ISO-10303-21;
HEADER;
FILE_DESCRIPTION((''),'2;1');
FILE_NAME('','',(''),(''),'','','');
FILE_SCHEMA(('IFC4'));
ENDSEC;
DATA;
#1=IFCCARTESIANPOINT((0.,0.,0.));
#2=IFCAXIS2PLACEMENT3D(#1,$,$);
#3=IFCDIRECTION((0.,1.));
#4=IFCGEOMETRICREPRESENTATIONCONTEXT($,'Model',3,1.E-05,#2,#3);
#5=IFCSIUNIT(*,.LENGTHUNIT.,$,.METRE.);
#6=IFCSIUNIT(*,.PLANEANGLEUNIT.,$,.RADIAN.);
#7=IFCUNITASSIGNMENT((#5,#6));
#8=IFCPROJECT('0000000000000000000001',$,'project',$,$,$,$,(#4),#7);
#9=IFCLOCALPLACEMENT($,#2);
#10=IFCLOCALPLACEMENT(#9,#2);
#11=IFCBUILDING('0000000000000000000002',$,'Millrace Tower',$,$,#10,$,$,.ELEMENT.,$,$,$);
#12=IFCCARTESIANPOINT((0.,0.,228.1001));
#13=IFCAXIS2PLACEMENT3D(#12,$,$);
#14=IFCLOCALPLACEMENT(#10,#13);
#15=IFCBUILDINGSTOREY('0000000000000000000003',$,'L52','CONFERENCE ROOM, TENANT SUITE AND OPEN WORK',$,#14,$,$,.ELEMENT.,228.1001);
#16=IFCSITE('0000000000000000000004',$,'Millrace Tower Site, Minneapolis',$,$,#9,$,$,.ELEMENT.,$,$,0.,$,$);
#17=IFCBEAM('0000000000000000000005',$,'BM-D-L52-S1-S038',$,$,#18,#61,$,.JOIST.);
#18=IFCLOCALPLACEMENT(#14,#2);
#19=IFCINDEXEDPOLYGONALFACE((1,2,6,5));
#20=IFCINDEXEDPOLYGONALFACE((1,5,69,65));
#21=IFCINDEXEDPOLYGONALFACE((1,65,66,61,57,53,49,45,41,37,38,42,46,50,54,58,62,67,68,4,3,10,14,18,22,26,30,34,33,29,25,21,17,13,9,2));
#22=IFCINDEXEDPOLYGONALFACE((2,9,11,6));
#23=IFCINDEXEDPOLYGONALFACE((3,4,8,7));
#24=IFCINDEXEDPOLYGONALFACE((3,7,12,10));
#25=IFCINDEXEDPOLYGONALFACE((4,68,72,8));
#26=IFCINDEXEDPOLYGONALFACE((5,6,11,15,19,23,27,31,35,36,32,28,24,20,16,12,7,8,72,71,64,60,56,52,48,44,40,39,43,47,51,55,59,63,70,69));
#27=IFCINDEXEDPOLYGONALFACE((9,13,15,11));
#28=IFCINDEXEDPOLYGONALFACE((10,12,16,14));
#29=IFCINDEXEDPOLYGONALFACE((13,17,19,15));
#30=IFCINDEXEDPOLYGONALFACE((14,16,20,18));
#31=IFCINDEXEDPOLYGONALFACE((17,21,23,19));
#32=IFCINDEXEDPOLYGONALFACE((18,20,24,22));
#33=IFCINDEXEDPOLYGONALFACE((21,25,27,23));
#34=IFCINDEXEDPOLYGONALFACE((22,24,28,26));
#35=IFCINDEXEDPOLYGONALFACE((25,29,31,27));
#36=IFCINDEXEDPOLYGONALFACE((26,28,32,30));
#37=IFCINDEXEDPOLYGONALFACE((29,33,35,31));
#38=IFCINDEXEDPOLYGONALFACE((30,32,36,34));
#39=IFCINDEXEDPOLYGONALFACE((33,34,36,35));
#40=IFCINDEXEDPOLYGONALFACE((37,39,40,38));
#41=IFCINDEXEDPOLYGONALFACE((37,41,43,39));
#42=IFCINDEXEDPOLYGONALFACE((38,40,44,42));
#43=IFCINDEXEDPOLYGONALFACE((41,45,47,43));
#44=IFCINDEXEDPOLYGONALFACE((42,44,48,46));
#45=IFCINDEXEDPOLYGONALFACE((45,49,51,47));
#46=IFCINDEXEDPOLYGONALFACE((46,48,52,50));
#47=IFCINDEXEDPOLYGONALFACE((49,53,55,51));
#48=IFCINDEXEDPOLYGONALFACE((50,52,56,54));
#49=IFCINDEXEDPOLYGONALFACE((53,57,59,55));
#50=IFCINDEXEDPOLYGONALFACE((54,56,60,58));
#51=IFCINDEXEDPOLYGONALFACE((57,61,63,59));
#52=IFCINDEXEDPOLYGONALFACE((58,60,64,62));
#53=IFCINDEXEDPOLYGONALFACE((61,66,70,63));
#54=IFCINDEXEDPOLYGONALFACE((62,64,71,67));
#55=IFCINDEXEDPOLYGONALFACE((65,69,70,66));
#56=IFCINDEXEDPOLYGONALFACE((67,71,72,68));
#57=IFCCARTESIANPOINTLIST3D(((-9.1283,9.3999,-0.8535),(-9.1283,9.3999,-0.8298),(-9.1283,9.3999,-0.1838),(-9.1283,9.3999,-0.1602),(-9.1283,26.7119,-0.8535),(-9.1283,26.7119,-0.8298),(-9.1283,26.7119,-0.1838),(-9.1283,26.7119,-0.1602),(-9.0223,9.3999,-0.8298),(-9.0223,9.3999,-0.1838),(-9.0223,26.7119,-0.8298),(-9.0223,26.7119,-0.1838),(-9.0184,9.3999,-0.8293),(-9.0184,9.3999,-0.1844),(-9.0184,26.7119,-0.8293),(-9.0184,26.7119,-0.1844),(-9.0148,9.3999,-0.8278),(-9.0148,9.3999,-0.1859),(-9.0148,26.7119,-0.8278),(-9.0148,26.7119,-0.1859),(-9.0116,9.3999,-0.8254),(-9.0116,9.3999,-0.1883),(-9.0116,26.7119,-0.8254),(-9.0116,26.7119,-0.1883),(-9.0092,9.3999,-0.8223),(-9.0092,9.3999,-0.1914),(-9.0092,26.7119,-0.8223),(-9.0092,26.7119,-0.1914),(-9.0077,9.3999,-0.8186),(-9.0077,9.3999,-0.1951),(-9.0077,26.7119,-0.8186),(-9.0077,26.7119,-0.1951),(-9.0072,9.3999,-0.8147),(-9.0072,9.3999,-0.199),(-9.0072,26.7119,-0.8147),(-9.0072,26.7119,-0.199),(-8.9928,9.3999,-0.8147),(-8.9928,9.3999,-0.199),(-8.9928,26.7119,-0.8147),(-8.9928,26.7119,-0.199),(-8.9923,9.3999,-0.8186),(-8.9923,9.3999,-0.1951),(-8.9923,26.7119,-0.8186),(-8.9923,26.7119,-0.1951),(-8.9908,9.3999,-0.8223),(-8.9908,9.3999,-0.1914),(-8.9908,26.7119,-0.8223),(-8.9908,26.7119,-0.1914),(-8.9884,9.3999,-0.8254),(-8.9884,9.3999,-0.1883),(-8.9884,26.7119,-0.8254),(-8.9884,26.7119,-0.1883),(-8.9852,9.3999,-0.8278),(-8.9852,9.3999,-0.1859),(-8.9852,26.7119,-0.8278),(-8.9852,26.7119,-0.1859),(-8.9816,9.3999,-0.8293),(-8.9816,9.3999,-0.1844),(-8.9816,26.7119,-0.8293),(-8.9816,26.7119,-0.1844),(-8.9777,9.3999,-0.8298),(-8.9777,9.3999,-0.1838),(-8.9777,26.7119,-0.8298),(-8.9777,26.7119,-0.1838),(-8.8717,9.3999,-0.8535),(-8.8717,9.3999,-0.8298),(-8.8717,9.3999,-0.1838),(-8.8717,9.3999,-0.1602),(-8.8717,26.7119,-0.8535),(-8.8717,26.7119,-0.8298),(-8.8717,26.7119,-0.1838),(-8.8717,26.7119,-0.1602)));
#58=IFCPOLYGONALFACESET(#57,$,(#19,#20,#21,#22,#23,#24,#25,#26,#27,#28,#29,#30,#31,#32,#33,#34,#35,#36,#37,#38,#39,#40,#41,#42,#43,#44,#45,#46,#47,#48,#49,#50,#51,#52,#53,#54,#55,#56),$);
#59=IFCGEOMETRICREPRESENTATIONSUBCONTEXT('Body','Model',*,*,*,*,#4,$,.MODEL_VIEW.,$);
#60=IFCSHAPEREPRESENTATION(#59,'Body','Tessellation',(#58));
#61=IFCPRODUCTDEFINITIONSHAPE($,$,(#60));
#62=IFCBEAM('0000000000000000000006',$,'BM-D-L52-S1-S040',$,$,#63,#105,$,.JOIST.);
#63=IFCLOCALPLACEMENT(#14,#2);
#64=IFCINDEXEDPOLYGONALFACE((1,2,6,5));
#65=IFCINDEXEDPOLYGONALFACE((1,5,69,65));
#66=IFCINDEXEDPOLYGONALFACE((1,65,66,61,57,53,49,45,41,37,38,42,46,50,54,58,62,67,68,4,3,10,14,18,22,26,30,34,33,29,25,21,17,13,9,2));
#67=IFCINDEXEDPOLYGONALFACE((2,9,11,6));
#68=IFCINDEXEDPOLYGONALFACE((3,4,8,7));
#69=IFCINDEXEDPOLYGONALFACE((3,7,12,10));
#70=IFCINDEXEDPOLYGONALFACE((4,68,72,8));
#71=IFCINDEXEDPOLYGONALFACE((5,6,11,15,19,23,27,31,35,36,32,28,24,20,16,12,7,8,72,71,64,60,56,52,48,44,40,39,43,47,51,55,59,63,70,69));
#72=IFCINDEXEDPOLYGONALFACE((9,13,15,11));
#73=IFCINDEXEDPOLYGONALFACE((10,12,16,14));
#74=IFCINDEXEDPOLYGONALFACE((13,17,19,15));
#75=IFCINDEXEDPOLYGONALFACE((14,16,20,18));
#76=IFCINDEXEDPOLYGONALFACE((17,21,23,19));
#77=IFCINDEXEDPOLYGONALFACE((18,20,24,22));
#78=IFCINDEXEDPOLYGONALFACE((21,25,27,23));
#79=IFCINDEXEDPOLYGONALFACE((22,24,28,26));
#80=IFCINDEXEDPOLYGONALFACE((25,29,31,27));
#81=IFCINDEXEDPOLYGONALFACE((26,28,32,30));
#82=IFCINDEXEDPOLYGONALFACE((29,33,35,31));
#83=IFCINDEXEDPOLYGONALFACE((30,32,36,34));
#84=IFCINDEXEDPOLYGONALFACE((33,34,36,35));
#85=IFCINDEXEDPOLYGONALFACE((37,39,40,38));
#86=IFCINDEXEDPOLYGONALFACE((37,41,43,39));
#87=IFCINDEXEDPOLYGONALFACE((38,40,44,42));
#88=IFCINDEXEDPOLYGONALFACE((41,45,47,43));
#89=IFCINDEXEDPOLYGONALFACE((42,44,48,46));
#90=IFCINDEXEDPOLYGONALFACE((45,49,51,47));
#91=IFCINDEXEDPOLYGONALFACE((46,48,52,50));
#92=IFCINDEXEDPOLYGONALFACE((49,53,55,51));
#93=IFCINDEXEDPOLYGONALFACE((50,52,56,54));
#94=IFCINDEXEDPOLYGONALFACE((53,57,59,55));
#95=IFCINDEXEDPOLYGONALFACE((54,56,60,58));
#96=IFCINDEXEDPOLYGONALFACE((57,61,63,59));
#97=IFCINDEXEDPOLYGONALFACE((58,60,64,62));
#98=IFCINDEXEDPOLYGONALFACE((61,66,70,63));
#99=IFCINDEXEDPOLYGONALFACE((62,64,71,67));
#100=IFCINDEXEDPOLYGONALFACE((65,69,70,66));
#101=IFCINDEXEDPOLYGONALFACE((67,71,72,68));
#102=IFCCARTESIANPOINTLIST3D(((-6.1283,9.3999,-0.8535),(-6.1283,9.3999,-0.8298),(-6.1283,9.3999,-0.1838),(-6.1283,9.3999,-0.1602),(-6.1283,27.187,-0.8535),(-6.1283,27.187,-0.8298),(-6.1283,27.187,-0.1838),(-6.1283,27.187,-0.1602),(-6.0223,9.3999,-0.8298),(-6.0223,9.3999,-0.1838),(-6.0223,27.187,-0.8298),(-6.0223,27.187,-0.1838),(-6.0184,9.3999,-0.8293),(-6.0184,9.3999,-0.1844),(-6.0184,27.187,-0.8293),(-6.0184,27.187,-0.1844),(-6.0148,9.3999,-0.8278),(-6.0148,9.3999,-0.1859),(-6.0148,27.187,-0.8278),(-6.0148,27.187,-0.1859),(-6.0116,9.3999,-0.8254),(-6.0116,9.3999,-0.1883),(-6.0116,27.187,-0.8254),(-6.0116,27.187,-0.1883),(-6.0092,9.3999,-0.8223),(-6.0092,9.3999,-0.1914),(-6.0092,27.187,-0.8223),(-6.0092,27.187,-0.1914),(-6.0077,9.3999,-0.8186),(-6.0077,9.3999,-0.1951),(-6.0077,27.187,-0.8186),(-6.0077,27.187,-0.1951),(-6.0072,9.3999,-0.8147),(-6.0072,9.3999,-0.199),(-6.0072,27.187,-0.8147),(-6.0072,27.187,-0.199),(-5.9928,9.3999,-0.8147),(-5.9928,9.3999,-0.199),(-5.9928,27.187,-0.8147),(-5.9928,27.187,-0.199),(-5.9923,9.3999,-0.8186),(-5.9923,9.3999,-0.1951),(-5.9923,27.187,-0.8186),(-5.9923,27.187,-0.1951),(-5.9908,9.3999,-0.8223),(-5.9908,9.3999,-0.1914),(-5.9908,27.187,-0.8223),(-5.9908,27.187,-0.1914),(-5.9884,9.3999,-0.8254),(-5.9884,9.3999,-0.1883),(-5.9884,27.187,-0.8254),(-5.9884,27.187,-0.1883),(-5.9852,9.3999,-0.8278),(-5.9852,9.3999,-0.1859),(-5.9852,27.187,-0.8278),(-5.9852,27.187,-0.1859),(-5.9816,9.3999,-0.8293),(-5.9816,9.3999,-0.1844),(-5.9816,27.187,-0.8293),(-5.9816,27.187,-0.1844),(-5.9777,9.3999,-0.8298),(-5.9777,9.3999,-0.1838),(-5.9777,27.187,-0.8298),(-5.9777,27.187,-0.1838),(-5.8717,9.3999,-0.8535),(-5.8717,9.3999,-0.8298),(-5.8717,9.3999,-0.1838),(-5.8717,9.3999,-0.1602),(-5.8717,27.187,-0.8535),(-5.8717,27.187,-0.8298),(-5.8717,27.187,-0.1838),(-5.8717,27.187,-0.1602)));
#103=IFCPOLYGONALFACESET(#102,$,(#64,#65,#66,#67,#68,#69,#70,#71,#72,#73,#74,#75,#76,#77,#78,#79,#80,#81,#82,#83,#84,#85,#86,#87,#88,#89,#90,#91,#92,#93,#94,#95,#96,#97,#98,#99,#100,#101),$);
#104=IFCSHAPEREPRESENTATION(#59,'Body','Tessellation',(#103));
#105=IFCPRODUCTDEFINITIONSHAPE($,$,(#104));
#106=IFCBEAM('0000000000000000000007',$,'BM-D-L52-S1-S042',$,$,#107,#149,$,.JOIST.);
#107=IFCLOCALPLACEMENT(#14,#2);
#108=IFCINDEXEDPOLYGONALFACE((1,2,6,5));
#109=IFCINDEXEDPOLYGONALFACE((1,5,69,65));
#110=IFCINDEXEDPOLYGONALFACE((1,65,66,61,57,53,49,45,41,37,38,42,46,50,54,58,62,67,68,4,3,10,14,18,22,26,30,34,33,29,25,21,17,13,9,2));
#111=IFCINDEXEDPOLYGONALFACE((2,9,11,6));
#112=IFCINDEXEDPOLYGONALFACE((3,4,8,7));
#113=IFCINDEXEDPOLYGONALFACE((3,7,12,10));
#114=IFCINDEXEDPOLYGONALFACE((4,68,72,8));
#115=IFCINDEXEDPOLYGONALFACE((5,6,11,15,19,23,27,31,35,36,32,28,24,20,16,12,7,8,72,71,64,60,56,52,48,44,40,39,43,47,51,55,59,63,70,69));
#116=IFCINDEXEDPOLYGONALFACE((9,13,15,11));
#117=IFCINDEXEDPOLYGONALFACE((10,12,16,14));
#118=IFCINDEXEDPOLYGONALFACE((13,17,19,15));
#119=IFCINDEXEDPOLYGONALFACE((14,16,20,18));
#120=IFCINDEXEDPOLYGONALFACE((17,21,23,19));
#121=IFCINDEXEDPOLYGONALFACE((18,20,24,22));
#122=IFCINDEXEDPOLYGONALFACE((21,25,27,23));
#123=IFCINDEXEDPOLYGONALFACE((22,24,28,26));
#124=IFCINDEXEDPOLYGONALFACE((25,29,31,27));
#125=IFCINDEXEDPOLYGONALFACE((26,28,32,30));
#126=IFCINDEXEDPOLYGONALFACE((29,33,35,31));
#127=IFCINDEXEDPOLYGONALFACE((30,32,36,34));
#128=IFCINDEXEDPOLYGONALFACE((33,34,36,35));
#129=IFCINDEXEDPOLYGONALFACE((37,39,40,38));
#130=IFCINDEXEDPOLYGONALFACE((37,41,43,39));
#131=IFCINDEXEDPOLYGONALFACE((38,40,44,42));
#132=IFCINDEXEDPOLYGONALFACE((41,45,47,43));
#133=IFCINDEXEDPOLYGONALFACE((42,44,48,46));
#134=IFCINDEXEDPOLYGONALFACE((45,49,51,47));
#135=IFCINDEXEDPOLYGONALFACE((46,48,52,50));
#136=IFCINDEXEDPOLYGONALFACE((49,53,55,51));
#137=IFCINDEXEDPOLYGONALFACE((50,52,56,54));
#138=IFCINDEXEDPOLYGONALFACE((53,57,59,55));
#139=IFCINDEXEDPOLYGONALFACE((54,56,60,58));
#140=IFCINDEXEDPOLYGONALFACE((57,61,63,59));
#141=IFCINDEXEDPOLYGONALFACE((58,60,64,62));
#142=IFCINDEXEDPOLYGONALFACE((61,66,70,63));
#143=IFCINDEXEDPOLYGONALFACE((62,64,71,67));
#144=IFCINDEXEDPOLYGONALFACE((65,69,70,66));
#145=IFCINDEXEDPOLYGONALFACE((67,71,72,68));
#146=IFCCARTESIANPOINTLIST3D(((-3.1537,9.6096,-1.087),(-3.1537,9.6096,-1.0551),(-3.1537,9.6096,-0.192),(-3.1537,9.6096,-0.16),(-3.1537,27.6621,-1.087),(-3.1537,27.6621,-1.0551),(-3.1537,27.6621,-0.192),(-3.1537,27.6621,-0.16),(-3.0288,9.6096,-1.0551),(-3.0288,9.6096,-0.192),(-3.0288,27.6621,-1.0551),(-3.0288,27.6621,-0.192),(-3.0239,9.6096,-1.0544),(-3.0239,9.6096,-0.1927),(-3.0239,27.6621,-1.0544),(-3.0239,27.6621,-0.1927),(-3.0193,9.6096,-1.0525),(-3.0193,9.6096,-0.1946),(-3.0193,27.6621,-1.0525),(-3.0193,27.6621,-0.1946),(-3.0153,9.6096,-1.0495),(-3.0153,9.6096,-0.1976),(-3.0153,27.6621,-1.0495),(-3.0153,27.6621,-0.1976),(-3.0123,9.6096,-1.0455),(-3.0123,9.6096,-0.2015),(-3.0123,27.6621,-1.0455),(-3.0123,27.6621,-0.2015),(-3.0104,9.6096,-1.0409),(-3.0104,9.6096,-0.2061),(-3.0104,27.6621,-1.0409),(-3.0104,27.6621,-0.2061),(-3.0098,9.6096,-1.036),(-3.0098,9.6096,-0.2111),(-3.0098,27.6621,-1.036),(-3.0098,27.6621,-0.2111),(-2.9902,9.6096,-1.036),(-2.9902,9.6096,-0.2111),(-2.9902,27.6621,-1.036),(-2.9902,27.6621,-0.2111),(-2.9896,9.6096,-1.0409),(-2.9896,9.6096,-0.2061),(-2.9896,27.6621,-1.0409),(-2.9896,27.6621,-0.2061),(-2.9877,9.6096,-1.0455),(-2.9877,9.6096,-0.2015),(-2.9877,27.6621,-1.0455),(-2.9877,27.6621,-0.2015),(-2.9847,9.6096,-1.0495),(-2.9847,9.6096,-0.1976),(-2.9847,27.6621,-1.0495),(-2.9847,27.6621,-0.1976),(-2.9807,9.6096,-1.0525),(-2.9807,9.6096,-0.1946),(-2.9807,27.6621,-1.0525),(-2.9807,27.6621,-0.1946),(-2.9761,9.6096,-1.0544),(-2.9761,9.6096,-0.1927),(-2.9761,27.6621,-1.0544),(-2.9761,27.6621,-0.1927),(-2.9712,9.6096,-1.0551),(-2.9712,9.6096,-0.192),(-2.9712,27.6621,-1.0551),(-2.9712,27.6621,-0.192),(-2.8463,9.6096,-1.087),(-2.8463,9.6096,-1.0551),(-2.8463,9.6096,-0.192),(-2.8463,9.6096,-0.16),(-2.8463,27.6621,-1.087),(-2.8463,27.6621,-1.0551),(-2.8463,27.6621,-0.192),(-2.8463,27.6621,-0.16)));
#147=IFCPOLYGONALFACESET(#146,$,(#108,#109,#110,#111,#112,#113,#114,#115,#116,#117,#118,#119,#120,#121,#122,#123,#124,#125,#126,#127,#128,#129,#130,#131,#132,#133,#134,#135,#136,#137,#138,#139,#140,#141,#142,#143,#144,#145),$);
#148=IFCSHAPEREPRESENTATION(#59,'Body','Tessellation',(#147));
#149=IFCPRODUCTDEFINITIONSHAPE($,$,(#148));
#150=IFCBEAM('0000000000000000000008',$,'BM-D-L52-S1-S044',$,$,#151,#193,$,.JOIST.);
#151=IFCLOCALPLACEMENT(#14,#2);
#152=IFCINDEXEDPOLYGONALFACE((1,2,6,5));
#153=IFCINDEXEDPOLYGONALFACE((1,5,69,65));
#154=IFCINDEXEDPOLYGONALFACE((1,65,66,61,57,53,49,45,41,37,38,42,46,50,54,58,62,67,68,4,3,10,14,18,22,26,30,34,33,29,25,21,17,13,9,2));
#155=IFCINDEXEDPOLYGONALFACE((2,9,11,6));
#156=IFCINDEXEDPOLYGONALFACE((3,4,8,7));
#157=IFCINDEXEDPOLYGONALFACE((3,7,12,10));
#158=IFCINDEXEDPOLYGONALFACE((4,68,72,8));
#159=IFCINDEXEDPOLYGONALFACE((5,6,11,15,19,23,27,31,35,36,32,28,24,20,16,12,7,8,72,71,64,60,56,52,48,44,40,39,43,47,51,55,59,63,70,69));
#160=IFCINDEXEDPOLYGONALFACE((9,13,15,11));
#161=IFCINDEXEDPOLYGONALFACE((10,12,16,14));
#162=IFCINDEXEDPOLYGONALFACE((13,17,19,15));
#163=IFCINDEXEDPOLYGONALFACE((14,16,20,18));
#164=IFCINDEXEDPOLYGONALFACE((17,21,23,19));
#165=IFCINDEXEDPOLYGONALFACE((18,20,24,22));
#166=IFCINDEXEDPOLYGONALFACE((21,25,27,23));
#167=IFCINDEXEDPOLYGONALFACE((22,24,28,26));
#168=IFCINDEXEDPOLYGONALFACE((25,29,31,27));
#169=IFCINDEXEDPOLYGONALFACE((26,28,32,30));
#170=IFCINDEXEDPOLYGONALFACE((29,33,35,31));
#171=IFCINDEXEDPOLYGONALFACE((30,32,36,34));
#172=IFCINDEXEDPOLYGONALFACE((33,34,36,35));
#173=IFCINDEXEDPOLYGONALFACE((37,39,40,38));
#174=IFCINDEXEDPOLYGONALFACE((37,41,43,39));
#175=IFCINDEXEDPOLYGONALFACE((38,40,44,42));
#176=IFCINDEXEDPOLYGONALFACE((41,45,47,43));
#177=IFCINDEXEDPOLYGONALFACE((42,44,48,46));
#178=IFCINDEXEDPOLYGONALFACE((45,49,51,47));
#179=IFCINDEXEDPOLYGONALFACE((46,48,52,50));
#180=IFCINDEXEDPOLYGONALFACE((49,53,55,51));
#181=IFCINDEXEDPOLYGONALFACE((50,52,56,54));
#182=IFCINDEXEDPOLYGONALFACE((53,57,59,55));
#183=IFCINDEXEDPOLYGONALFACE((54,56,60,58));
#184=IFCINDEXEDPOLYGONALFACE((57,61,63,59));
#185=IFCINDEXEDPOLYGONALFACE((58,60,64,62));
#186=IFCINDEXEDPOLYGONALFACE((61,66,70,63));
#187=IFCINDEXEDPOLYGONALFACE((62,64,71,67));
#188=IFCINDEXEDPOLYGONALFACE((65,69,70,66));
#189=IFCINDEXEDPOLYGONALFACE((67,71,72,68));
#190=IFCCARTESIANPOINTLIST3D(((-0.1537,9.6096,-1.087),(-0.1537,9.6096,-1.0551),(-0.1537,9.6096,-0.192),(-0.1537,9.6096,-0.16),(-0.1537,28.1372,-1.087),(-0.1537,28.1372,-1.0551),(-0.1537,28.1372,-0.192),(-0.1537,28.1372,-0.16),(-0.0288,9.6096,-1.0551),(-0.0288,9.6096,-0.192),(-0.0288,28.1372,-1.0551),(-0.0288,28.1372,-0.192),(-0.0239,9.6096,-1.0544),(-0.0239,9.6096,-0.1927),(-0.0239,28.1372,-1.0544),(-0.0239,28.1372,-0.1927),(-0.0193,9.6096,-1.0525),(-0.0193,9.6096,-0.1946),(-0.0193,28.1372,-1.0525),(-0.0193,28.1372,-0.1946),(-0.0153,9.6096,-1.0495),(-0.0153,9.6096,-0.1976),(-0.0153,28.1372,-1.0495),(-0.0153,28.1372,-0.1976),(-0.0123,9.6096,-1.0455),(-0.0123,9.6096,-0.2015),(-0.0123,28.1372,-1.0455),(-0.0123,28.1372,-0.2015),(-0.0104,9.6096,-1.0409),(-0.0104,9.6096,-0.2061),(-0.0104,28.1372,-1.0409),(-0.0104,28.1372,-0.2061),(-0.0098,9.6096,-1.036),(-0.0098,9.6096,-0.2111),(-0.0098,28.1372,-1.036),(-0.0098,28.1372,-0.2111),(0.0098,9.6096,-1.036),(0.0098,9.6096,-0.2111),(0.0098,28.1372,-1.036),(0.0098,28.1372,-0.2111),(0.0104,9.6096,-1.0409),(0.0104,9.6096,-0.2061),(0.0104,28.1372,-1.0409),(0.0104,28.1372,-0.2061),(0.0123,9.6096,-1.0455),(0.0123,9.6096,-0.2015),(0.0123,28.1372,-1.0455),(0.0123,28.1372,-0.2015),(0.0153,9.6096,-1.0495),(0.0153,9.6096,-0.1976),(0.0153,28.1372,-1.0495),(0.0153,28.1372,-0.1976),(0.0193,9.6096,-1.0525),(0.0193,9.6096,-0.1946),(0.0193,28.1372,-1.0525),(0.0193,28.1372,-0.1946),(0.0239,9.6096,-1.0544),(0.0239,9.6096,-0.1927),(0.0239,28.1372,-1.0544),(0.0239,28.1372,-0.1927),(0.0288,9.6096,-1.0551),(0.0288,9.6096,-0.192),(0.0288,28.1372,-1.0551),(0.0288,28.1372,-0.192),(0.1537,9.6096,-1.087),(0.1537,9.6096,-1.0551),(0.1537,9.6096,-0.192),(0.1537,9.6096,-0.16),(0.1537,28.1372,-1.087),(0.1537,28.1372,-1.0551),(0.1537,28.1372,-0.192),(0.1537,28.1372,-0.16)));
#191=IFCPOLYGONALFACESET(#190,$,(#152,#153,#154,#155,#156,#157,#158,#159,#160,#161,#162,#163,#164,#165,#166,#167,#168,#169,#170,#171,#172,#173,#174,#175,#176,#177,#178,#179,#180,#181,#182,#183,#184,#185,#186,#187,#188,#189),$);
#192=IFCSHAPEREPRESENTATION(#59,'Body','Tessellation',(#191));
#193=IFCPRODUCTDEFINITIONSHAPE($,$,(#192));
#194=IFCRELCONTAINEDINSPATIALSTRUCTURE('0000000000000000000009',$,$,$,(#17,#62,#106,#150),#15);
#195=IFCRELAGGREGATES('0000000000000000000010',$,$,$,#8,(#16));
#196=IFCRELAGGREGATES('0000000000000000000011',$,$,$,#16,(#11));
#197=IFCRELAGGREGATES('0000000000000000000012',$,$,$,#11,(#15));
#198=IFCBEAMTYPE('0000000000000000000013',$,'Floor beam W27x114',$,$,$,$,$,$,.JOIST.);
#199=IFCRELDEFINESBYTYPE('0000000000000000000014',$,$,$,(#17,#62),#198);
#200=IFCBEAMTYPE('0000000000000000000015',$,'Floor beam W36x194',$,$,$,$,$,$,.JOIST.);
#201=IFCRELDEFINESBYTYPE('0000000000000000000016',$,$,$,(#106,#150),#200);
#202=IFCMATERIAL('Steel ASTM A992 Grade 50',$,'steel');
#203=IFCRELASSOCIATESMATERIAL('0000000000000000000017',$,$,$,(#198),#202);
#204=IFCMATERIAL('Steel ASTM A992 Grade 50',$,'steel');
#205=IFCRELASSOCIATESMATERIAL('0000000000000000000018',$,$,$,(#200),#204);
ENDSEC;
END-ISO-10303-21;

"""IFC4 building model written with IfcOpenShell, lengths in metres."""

from ifc_helpers import new_model, si_unit, direction, frame, origin, origin_2d, place, context, subcontext, project, spatial, i_section, extrude, material, material_profile, profile_set, type_object, element, save


model = new_model("IFC4")

# Units and contexts
model_context = context("Model", 3, precision=1e-05, world=origin(), true_north=direction((0.0, 1.0)))
body_context = subcontext(model_context, "Body", "Model", "MODEL_VIEW")
ifc_project = project(units=[si_unit("LENGTHUNIT", "METRE"), si_unit("PLANEANGLEUNIT", "RADIAN")], contexts=[model_context])

# Site, building, storey
site_placement = place(None, origin())
site = spatial("IfcSite", under=ifc_project, at=site_placement, Name="Millrace Tower Site, Minneapolis", CompositionType="ELEMENT", RefElevation=0.0)
building_placement = place(site_placement, origin())
building = spatial("IfcBuilding", under=site, at=building_placement, Name="Millrace Tower", CompositionType="ELEMENT")
storey_placement = place(building_placement, frame((0.0, 0.0, 228.1001)))
storey = spatial("IfcBuildingStorey", under=building, at=storey_placement, Name="L52", Description="CONFERENCE ROOM, TENANT SUITE AND OPEN WORK", CompositionType="ELEMENT", Elevation=228.1001)

# Beams
ifc_material_1 = material(Name="Steel ASTM A992 Grade 50", Category="steel")
ifc_material_profile_1 = material_profile(ifc_material_1, i_section(OverallWidth=0.2566, OverallDepth=0.6934, WebThickness=0.0144, FlangeThickness=0.0237, FilletRadius=0.0151, at=origin_2d()))
ifc_profile_set_1 = profile_set([ifc_material_profile_1], Name="Steel ASTM A992 Grade 50")
beam_type_1 = type_object("IfcBeamType", Name="Floor beam W27x114", PredefinedType="JOIST", material=ifc_profile_set_1)
beam_1_placement = place(storey_placement, frame((-9.0, 9.3999, -0.5068), z_axis=(0.0, 1.0, 0.0), x_axis=(-1.0, 0.0, 0.0)))
element("IfcBeam", 1, at=beam_1_placement, inside=storey, type_object=beam_type_1, Name="BM-D-L52-S1-S038", PredefinedType="JOIST", context=body_context, shape_type="SweptSolid", body=[
    extrude(i_section(OverallWidth=0.2566, OverallDepth=0.6934, WebThickness=0.0144, FlangeThickness=0.0237, FilletRadius=0.0151, at=origin_2d()), origin(), (0.0, 0.0, 1.0), 17.312),
])
beam_2_placement = place(storey_placement, frame((-6.0, 9.3999, -0.5068), z_axis=(0.0, 1.0, 0.0), x_axis=(-1.0, 0.0, 0.0)))
element("IfcBeam", 2, at=beam_2_placement, inside=storey, type_object=beam_type_1, Name="BM-D-L52-S1-S040", PredefinedType="JOIST", context=body_context, shape_type="SweptSolid", body=[
    extrude(i_section(OverallWidth=0.2566, OverallDepth=0.6934, WebThickness=0.0144, FlangeThickness=0.0237, FilletRadius=0.0151, at=origin_2d()), origin(), (0.0, 0.0, 1.0), 17.7871),
])
ifc_material_2 = material(Name="Steel ASTM A992 Grade 50", Category="steel")
ifc_material_profile_2 = material_profile(ifc_material_2, i_section(OverallWidth=0.3074, OverallDepth=0.927, WebThickness=0.0195, FlangeThickness=0.032, FilletRadius=0.019, at=origin_2d()))
ifc_profile_set_2 = profile_set([ifc_material_profile_2], Name="Steel ASTM A992 Grade 50")
beam_type_2 = type_object("IfcBeamType", Name="Floor beam W36x194", PredefinedType="JOIST", material=ifc_profile_set_2)
beam_3_placement = place(storey_placement, frame((-3.0, 9.6096, -0.6235), z_axis=(0.0, 1.0, 0.0), x_axis=(-1.0, 0.0, 0.0)))
element("IfcBeam", 3, at=beam_3_placement, inside=storey, type_object=beam_type_2, Name="BM-D-L52-S1-S042", PredefinedType="JOIST", context=body_context, shape_type="SweptSolid", body=[
    extrude(i_section(OverallWidth=0.3074, OverallDepth=0.927, WebThickness=0.0195, FlangeThickness=0.032, FilletRadius=0.019, at=origin_2d()), origin(), (0.0, 0.0, 1.0), 18.0525),
])
beam_4_placement = place(storey_placement, frame((0.0, 9.6096, -0.6235), z_axis=(0.0, 1.0, 0.0), x_axis=(-1.0, 0.0, 0.0)))
element("IfcBeam", 4, at=beam_4_placement, inside=storey, type_object=beam_type_2, Name="BM-D-L52-S1-S044", PredefinedType="JOIST", context=body_context, shape_type="SweptSolid", body=[
    extrude(i_section(OverallWidth=0.3074, OverallDepth=0.927, WebThickness=0.0195, FlangeThickness=0.032, FilletRadius=0.019, at=origin_2d()), origin(), (0.0, 0.0, 1.0), 18.5276),
])

save(model, "model.ifc")
